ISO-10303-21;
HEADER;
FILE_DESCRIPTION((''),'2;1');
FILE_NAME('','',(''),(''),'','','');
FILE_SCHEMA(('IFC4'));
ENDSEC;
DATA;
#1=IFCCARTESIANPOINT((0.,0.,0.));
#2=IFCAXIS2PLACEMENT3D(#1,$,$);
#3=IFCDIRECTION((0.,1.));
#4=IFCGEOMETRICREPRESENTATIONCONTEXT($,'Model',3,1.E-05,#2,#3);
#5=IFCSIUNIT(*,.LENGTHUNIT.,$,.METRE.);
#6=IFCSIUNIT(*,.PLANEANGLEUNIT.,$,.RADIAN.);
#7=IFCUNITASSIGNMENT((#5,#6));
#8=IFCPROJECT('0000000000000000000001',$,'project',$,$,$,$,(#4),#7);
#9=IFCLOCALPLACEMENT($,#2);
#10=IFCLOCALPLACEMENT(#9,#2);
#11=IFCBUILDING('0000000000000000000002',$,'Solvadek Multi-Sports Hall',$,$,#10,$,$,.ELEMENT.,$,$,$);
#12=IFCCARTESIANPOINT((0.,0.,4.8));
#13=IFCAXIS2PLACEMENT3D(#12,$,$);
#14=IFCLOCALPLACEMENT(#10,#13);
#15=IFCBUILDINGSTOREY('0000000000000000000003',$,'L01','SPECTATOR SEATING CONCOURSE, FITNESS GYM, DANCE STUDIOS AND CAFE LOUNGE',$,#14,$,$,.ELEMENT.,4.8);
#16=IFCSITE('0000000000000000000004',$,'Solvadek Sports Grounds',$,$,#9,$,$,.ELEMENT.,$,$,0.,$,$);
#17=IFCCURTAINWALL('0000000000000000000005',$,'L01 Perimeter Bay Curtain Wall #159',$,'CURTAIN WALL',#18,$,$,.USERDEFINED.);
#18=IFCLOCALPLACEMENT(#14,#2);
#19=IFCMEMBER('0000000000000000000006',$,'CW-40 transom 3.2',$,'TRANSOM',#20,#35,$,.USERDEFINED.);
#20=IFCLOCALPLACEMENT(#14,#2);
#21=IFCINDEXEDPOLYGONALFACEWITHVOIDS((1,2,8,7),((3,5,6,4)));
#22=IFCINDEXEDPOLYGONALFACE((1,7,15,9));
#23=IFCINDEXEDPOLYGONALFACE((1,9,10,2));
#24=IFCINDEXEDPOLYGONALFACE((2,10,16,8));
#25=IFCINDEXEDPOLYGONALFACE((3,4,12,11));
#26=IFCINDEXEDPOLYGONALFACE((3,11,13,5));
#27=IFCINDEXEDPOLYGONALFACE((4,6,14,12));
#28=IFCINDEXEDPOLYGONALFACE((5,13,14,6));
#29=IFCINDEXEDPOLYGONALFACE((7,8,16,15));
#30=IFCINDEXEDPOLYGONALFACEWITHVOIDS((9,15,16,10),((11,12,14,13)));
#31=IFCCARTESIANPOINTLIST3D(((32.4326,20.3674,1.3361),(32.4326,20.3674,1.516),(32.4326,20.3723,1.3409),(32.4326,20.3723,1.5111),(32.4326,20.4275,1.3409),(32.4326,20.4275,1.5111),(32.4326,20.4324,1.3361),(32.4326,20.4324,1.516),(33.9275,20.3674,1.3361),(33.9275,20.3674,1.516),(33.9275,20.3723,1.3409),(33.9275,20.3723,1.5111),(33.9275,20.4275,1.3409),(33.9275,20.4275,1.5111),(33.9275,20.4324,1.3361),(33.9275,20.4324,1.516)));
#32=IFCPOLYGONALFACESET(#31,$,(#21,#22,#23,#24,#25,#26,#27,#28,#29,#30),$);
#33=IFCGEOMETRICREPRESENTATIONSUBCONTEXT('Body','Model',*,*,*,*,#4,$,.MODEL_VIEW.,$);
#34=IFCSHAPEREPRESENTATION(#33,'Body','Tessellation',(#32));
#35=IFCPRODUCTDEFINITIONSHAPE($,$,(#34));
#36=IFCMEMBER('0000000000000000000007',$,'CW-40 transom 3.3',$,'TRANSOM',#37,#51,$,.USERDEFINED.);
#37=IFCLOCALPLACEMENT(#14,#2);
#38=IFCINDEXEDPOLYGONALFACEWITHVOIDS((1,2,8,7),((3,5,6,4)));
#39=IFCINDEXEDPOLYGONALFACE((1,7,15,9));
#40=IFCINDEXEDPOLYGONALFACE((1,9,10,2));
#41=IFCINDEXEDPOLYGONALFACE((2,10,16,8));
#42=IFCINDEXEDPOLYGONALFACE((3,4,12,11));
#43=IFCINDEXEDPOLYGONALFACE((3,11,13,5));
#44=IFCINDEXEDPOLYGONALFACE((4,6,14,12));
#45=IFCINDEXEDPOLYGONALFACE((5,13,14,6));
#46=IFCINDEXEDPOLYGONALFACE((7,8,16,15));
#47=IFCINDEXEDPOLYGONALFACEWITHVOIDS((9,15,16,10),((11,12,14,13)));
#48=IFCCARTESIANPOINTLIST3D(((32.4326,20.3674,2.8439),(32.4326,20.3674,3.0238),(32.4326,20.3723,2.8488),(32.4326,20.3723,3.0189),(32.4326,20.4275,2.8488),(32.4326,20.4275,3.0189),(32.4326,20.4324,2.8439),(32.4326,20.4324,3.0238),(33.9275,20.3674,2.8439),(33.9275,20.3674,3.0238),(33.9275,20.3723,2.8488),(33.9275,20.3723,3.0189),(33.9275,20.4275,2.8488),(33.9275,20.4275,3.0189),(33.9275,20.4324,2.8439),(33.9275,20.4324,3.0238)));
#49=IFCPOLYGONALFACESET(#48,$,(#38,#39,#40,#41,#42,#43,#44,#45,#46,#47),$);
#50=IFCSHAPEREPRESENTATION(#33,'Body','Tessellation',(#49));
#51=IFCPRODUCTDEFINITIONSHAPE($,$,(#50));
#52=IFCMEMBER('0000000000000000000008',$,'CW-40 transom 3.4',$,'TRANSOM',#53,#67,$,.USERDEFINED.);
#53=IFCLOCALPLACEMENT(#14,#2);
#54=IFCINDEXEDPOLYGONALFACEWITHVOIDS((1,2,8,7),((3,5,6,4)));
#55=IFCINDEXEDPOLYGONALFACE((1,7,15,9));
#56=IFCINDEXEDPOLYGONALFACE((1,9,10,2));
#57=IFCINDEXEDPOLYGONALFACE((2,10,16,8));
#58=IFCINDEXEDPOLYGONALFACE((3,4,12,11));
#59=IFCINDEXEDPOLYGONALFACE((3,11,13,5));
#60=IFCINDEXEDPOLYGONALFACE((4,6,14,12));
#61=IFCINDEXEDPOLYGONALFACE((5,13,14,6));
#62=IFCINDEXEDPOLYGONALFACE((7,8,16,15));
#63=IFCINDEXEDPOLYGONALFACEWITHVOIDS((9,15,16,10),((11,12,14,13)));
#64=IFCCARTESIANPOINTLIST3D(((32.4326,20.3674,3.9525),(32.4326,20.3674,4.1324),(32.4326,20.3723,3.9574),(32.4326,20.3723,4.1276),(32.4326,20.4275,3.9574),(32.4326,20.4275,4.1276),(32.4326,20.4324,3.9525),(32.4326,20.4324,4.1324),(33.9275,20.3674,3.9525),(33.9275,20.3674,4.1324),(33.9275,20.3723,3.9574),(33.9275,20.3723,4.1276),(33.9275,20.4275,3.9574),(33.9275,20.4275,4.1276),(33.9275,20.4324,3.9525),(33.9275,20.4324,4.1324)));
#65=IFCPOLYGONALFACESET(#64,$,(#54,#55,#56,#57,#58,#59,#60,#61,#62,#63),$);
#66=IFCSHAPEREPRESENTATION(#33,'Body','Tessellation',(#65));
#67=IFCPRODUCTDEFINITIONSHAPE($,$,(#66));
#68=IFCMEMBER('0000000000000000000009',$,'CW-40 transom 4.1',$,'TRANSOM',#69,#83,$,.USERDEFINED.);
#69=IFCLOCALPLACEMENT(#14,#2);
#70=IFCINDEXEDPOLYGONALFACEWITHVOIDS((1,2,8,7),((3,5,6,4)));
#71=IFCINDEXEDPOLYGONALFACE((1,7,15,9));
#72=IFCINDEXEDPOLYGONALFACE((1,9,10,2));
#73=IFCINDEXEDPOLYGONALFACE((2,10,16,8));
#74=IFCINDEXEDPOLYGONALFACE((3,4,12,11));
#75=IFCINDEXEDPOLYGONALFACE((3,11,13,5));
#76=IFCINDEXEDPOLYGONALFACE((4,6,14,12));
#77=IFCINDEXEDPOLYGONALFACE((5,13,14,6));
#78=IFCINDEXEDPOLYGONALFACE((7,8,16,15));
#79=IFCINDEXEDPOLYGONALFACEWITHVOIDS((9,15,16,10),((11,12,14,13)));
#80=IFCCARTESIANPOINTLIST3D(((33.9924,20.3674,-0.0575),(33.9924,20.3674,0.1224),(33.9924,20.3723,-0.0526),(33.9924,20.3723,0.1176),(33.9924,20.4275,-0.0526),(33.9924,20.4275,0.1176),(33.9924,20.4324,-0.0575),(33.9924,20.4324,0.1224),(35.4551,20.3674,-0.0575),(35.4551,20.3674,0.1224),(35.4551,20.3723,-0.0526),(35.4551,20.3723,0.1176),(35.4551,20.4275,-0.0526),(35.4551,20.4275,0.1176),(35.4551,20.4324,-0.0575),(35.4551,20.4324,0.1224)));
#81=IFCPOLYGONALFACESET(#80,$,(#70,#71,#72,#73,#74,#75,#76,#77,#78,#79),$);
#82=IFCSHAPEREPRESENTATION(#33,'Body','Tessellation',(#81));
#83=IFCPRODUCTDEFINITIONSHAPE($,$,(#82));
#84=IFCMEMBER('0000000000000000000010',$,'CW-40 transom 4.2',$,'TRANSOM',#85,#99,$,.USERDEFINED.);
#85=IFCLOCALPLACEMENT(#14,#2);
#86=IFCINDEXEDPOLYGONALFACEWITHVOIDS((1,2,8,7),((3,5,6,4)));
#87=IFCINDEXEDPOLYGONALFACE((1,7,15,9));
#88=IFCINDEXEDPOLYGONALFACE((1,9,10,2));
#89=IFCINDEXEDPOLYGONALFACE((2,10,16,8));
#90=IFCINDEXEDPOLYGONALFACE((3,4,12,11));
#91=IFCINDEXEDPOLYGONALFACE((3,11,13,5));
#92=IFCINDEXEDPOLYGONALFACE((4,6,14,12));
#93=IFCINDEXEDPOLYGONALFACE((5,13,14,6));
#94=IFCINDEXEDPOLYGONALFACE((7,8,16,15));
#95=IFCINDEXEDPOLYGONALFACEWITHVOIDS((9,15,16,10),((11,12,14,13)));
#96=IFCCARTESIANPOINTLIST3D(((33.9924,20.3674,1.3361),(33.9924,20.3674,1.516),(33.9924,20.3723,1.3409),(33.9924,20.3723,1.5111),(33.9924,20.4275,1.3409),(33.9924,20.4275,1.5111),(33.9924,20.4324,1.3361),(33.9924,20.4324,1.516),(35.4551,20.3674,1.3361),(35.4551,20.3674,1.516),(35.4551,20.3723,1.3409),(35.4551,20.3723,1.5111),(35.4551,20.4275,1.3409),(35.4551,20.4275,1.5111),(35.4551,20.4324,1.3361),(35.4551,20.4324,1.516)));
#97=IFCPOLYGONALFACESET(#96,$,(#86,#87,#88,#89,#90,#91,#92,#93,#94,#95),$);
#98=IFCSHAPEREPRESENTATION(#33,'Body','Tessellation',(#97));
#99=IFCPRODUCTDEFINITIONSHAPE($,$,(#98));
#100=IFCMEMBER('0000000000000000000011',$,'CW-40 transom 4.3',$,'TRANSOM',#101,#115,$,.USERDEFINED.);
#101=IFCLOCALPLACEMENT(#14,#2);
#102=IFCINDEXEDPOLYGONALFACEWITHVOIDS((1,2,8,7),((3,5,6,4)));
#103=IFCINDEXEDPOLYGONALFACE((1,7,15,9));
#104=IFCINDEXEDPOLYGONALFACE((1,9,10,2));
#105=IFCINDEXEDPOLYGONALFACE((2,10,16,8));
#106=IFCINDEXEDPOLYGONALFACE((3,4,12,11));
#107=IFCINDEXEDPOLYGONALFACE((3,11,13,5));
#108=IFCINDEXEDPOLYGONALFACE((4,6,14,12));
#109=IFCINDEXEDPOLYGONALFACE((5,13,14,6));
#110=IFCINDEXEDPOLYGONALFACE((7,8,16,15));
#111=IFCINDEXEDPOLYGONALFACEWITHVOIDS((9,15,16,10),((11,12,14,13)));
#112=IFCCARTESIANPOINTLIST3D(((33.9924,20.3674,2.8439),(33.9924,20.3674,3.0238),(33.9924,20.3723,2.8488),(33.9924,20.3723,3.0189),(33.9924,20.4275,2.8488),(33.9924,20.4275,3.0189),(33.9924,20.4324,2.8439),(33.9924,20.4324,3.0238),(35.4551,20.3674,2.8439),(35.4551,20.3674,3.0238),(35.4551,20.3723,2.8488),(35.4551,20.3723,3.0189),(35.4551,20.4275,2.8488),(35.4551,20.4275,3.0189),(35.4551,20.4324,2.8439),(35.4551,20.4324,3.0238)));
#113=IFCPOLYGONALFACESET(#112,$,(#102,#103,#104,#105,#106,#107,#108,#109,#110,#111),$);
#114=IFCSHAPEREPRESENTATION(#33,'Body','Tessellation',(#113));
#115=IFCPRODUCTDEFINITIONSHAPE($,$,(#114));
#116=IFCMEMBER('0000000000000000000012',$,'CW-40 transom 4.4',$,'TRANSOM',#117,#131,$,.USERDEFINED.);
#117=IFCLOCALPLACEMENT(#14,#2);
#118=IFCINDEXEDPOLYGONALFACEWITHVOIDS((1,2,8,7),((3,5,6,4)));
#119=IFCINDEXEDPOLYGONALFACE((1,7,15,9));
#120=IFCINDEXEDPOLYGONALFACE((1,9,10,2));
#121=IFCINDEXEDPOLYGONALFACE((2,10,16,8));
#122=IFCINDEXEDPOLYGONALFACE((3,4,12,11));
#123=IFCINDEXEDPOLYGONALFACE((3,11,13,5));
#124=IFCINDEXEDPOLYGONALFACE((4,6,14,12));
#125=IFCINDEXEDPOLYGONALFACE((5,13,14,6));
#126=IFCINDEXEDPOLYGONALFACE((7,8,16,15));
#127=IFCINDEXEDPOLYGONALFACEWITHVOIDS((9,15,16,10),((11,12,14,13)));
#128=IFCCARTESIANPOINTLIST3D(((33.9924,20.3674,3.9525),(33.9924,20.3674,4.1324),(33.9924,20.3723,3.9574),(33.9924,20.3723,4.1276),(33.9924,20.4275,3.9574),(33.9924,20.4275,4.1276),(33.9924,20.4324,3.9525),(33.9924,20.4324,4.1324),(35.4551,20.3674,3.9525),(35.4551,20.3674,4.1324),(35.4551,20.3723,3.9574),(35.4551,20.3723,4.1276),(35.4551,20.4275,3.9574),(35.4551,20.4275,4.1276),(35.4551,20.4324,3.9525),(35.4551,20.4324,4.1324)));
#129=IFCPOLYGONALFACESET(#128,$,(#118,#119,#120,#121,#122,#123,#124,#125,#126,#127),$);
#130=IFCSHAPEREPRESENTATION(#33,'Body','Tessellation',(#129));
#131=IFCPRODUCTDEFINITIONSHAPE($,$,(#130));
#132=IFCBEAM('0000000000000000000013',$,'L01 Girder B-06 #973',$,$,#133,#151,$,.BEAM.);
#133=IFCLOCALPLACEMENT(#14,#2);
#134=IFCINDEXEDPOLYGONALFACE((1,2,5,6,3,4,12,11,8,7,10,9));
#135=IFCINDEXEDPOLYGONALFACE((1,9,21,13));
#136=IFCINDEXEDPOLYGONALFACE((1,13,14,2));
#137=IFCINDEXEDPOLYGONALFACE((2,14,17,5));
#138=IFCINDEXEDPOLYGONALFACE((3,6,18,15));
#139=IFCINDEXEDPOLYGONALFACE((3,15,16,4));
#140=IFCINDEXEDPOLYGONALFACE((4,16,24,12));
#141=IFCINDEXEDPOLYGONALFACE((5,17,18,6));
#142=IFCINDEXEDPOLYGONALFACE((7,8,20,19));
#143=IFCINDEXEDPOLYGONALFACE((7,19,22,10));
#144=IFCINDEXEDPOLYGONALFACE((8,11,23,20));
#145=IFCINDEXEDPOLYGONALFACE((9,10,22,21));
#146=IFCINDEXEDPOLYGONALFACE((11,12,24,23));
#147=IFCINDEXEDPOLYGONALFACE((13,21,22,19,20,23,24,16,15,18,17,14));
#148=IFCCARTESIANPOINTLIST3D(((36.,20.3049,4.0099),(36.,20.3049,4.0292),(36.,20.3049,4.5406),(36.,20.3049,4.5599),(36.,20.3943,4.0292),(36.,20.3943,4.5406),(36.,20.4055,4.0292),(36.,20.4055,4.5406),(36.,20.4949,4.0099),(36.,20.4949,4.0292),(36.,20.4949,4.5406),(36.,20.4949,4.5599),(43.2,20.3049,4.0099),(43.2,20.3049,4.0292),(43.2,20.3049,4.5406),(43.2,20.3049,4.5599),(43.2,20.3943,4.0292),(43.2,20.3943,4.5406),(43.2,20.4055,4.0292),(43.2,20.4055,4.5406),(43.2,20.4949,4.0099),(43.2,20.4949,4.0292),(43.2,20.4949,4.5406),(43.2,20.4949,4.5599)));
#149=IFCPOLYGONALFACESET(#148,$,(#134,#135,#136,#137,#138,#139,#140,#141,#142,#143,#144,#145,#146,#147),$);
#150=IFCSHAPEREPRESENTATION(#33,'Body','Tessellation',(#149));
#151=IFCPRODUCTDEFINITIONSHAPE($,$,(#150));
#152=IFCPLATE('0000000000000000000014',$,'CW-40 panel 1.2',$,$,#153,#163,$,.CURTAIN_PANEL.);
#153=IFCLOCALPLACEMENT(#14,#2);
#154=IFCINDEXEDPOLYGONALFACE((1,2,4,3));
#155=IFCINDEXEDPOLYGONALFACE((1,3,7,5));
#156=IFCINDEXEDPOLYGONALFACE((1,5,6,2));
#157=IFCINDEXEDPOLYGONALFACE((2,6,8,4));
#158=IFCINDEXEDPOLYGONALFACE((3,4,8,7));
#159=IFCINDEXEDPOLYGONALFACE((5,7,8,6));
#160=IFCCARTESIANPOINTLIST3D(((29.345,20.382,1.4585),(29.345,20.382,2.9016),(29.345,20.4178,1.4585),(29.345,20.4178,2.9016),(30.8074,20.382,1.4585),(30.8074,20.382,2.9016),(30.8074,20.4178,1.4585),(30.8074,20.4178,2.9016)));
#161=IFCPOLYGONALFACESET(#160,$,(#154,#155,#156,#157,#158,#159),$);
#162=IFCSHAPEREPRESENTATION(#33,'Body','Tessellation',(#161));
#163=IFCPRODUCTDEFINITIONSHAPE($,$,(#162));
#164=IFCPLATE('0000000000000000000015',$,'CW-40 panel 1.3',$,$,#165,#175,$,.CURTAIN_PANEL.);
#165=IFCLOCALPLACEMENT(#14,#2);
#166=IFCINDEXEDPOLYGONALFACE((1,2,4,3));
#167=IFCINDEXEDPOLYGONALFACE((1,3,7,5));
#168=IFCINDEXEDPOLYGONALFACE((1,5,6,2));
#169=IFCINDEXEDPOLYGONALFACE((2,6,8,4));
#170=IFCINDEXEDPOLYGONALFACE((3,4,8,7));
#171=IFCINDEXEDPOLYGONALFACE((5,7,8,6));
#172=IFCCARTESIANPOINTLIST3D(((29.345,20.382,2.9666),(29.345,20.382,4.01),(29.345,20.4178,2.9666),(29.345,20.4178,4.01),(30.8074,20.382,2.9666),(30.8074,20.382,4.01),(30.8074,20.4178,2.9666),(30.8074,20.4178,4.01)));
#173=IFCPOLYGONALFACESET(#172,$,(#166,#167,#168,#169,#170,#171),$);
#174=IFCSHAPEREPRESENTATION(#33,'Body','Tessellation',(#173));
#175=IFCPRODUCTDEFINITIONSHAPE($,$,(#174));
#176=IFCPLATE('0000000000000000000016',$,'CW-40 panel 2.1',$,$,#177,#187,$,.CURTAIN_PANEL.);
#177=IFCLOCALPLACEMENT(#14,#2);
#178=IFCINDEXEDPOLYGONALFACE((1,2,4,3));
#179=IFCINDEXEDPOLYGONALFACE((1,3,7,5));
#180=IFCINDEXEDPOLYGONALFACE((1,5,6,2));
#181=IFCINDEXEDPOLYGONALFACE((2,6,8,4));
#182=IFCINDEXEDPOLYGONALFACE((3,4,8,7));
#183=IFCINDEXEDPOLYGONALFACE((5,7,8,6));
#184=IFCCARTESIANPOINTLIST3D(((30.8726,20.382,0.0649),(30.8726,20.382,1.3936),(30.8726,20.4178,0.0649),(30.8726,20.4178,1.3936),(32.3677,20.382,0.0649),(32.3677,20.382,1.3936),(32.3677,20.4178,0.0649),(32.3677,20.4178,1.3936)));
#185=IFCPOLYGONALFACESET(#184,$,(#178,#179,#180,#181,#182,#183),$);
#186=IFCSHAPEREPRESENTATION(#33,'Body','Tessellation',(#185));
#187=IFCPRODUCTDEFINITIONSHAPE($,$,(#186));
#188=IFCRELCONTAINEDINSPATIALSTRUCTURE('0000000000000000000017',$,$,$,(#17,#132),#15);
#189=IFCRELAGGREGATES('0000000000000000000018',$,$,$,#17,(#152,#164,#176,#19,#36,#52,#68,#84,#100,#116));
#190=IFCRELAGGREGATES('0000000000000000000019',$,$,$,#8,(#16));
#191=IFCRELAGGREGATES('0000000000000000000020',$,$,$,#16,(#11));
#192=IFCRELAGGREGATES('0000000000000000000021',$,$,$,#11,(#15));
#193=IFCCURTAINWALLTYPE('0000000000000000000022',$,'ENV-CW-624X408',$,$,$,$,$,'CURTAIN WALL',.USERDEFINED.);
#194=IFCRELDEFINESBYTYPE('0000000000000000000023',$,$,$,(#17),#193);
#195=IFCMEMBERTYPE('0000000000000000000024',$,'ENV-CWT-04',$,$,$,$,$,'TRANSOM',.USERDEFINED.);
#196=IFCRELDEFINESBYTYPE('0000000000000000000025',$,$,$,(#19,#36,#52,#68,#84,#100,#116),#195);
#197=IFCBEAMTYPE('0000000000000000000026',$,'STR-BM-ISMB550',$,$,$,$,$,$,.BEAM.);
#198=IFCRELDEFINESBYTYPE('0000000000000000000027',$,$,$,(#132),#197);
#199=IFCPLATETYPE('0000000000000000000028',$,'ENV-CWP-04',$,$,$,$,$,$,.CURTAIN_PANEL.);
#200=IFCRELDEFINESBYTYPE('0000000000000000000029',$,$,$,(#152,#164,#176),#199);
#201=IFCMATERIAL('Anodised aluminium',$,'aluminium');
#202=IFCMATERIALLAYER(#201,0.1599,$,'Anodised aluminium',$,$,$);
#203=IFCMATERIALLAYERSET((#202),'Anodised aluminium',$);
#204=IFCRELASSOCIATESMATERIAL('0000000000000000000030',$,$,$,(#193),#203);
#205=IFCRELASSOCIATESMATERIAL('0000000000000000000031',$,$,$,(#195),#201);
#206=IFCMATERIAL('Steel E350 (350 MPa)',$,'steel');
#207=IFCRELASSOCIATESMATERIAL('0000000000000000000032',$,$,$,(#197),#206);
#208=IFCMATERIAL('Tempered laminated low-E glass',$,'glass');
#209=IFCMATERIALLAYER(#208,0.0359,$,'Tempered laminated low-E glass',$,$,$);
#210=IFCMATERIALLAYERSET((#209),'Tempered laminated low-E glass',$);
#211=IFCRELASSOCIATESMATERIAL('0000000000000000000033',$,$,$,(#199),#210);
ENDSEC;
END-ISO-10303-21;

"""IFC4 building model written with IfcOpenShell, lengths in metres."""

from ifc_helpers import new_model, si_unit, direction, frame, origin, origin_2d, place, context, subcontext, project, spatial, rectangle, hollow_rectangle, i_section, extrude, material, layer, layer_set, material_profile, profile_set, type_object, element, aggregate, save


model = new_model("IFC4")

# Units and contexts
model_context = context("Model", 3, precision=1e-05, world=origin(), true_north=direction((0.0, 1.0)))
body_context = subcontext(model_context, "Body", "Model", "MODEL_VIEW")
ifc_project = project(units=[si_unit("LENGTHUNIT", "METRE"), si_unit("PLANEANGLEUNIT", "RADIAN")], contexts=[model_context])

# Site, building, storey
site_placement = place(None, origin())
site = spatial("IfcSite", under=ifc_project, at=site_placement, Name="Solvadek Sports Grounds", CompositionType="ELEMENT", RefElevation=0.0)
building_placement = place(site_placement, origin())
building = spatial("IfcBuilding", under=site, at=building_placement, Name="Solvadek Multi-Sports Hall", CompositionType="ELEMENT")
storey_placement = place(building_placement, frame((0.0, 0.0, 4.8)))
storey = spatial("IfcBuildingStorey", under=building, at=storey_placement, Name="L01", Description="SPECTATOR SEATING CONCOURSE, FITNESS GYM, DANCE STUDIOS AND CAFE LOUNGE", CompositionType="ELEMENT", Elevation=4.8)

# Shared definitions
ifc_material_1 = material(Name="Steel E350 (350 MPa)", Category="steel")

# Curtain wall, members
ifc_material_2 = material(Name="Anodised aluminium", Category="aluminium")
ifc_layer_1 = layer(ifc_material_2, 0.1599, Name="Anodised aluminium")
ifc_layer_set_1 = layer_set([ifc_layer_1], Name="Anodised aluminium")
curtain_wall_type = type_object("IfcCurtainWallType", Name="ENV-CW-624X408", ElementType="CURTAIN WALL", PredefinedType="USERDEFINED", material=ifc_layer_set_1)
curtain_wall_placement = place(storey_placement, origin())
curtain_wall = element("IfcCurtainWall", 1, at=curtain_wall_placement, inside=storey, type_object=curtain_wall_type, Name="L01 Perimeter Bay Curtain Wall #159", ObjectType="CURTAIN WALL", PredefinedType="USERDEFINED")
ifc_material_profile_1 = material_profile(ifc_material_2, hollow_rectangle(XDim=0.0649, YDim=0.1799, WallThickness=0.0049, at=origin_2d()), Name="ALU-T 180x65x5")
ifc_profile_set_1 = profile_set([ifc_material_profile_1], Name="Anodised aluminium")
member_type_1 = type_object("IfcMemberType", Name="ENV-CWT-04", ElementType="TRANSOM", PredefinedType="USERDEFINED", material=ifc_profile_set_1)
member_1_placement = place(storey_placement, frame((32.4326, 20.3999, 1.426), z_axis=(1.0, 0.0, 0.0), x_axis=(0.0, 1.0, 0.0)))
member_1 = element("IfcMember", 2, at=member_1_placement, type_object=member_type_1, Name="CW-40 transom 3.2", ObjectType="TRANSOM", PredefinedType="USERDEFINED", context=body_context, shape_type="SweptSolid", body=[
    extrude(hollow_rectangle(XDim=0.0649, YDim=0.1799, WallThickness=0.0049, at=origin_2d()), origin(), (0.0, 0.0, 1.0), 1.4949),
])
member_2_placement = place(storey_placement, frame((32.4326, 20.3999, 2.9338), z_axis=(1.0, 0.0, 0.0), x_axis=(0.0, 1.0, 0.0)))
member_2 = element("IfcMember", 3, at=member_2_placement, type_object=member_type_1, Name="CW-40 transom 3.3", ObjectType="TRANSOM", PredefinedType="USERDEFINED", context=body_context, shape_type="SweptSolid", body=[
    extrude(hollow_rectangle(XDim=0.0649, YDim=0.1799, WallThickness=0.0049, at=origin_2d()), origin(), (0.0, 0.0, 1.0), 1.4949),
])
member_3_placement = place(storey_placement, frame((32.4326, 20.3999, 4.0425), z_axis=(1.0, 0.0, 0.0), x_axis=(0.0, 1.0, 0.0)))
member_3 = element("IfcMember", 4, at=member_3_placement, type_object=member_type_1, Name="CW-40 transom 3.4", ObjectType="TRANSOM", PredefinedType="USERDEFINED", context=body_context, shape_type="SweptSolid", body=[
    extrude(hollow_rectangle(XDim=0.0649, YDim=0.1799, WallThickness=0.0049, at=origin_2d()), origin(), (0.0, 0.0, 1.0), 1.4949),
])
member_4_placement = place(storey_placement, frame((33.9924, 20.3999, 0.0325), z_axis=(1.0, 0.0, 0.0), x_axis=(0.0, 1.0, 0.0)))
member_4 = element("IfcMember", 5, at=member_4_placement, type_object=member_type_1, Name="CW-40 transom 4.1", ObjectType="TRANSOM", PredefinedType="USERDEFINED", context=body_context, shape_type="SweptSolid", body=[
    extrude(hollow_rectangle(XDim=0.0649, YDim=0.1799, WallThickness=0.0049, at=origin_2d()), origin(), (0.0, 0.0, 1.0), 1.4626),
])
member_5_placement = place(storey_placement, frame((33.9924, 20.3999, 1.426), z_axis=(1.0, 0.0, 0.0), x_axis=(0.0, 1.0, 0.0)))
member_5 = element("IfcMember", 6, at=member_5_placement, type_object=member_type_1, Name="CW-40 transom 4.2", ObjectType="TRANSOM", PredefinedType="USERDEFINED", context=body_context, shape_type="SweptSolid", body=[
    extrude(hollow_rectangle(XDim=0.0649, YDim=0.1799, WallThickness=0.0049, at=origin_2d()), origin(), (0.0, 0.0, 1.0), 1.4626),
])
member_6_placement = place(storey_placement, frame((33.9924, 20.3999, 2.9338), z_axis=(1.0, 0.0, 0.0), x_axis=(0.0, 1.0, 0.0)))
member_6 = element("IfcMember", 7, at=member_6_placement, type_object=member_type_1, Name="CW-40 transom 4.3", ObjectType="TRANSOM", PredefinedType="USERDEFINED", context=body_context, shape_type="SweptSolid", body=[
    extrude(hollow_rectangle(XDim=0.0649, YDim=0.1799, WallThickness=0.0049, at=origin_2d()), origin(), (0.0, 0.0, 1.0), 1.4626),
])
member_7_placement = place(storey_placement, frame((33.9924, 20.3999, 4.0425), z_axis=(1.0, 0.0, 0.0), x_axis=(0.0, 1.0, 0.0)))
member_7 = element("IfcMember", 8, at=member_7_placement, type_object=member_type_1, Name="CW-40 transom 4.4", ObjectType="TRANSOM", PredefinedType="USERDEFINED", context=body_context, shape_type="SweptSolid", body=[
    extrude(hollow_rectangle(XDim=0.0649, YDim=0.1799, WallThickness=0.0049, at=origin_2d()), origin(), (0.0, 0.0, 1.0), 1.4626),
])

# Beam
ifc_material_profile_2 = material_profile(ifc_material_1, i_section(OverallWidth=0.1899, OverallDepth=0.55, WebThickness=0.0112, FlangeThickness=0.0193, at=origin_2d()), Name="ISMB 550")
ifc_profile_set_2 = profile_set([ifc_material_profile_2], Name="Steel E350 (350 MPa)")
beam_type = type_object("IfcBeamType", Name="STR-BM-ISMB550", PredefinedType="BEAM", material=ifc_profile_set_2)
beam_placement = place(storey_placement, frame((36.0, 20.3999, 4.2849), z_axis=(1.0, 0.0, 0.0), x_axis=(0.0, 1.0, 0.0)))
element("IfcBeam", 9, at=beam_placement, inside=storey, type_object=beam_type, Name="L01 Girder B-06 #973", PredefinedType="BEAM", context=body_context, shape_type="SweptSolid", body=[
    extrude(i_section(OverallWidth=0.1899, OverallDepth=0.55, WebThickness=0.0112, FlangeThickness=0.0193, at=origin_2d()), origin(), (0.0, 0.0, 1.0), 7.2),
])

# Plates
ifc_material_3 = material(Name="Tempered laminated low-E glass", Category="glass")
ifc_layer_2 = layer(ifc_material_3, 0.0359, Name="Tempered laminated low-E glass")
ifc_layer_set_2 = layer_set([ifc_layer_2], Name="Tempered laminated low-E glass")
plate_type = type_object("IfcPlateType", Name="ENV-CWP-04", PredefinedType="CURTAIN_PANEL", material=ifc_layer_set_2)
plate_1_placement = place(storey_placement, frame((30.0762, 20.3999, 1.4585), z_axis=(0.0, 0.0, 1.0), x_axis=(1.0, 0.0, 0.0)))
plate_1 = element("IfcPlate", 10, at=plate_1_placement, type_object=plate_type, Name="CW-40 panel 1.2", PredefinedType="CURTAIN_PANEL", context=body_context, shape_type="SweptSolid", body=[
    extrude(rectangle(XDim=1.4624, YDim=0.0359, at=origin_2d()), origin(), (0.0, 0.0, 1.0), 1.4431),
])
plate_2_placement = place(storey_placement, frame((30.0762, 20.3999, 2.9666), z_axis=(0.0, 0.0, 1.0), x_axis=(1.0, 0.0, 0.0)))
plate_2 = element("IfcPlate", 11, at=plate_2_placement, type_object=plate_type, Name="CW-40 panel 1.3", PredefinedType="CURTAIN_PANEL", context=body_context, shape_type="SweptSolid", body=[
    extrude(rectangle(XDim=1.4624, YDim=0.0359, at=origin_2d()), origin(), (0.0, 0.0, 1.0), 1.0435),
])
plate_3_placement = place(storey_placement, frame((31.6201, 20.3999, 0.0649), z_axis=(0.0, 0.0, 1.0), x_axis=(1.0, 0.0, 0.0)))
plate_3 = element("IfcPlate", 12, at=plate_3_placement, type_object=plate_type, Name="CW-40 panel 2.1", PredefinedType="CURTAIN_PANEL", context=body_context, shape_type="SweptSolid", body=[
    extrude(rectangle(XDim=1.4951, YDim=0.0359, at=origin_2d()), origin(), (0.0, 0.0, 1.0), 1.3286),
])
aggregate(curtain_wall, [plate_1, plate_2, plate_3, member_1, member_2, member_3, member_4, member_5, member_6, member_7])

save(model, "model.ifc")
